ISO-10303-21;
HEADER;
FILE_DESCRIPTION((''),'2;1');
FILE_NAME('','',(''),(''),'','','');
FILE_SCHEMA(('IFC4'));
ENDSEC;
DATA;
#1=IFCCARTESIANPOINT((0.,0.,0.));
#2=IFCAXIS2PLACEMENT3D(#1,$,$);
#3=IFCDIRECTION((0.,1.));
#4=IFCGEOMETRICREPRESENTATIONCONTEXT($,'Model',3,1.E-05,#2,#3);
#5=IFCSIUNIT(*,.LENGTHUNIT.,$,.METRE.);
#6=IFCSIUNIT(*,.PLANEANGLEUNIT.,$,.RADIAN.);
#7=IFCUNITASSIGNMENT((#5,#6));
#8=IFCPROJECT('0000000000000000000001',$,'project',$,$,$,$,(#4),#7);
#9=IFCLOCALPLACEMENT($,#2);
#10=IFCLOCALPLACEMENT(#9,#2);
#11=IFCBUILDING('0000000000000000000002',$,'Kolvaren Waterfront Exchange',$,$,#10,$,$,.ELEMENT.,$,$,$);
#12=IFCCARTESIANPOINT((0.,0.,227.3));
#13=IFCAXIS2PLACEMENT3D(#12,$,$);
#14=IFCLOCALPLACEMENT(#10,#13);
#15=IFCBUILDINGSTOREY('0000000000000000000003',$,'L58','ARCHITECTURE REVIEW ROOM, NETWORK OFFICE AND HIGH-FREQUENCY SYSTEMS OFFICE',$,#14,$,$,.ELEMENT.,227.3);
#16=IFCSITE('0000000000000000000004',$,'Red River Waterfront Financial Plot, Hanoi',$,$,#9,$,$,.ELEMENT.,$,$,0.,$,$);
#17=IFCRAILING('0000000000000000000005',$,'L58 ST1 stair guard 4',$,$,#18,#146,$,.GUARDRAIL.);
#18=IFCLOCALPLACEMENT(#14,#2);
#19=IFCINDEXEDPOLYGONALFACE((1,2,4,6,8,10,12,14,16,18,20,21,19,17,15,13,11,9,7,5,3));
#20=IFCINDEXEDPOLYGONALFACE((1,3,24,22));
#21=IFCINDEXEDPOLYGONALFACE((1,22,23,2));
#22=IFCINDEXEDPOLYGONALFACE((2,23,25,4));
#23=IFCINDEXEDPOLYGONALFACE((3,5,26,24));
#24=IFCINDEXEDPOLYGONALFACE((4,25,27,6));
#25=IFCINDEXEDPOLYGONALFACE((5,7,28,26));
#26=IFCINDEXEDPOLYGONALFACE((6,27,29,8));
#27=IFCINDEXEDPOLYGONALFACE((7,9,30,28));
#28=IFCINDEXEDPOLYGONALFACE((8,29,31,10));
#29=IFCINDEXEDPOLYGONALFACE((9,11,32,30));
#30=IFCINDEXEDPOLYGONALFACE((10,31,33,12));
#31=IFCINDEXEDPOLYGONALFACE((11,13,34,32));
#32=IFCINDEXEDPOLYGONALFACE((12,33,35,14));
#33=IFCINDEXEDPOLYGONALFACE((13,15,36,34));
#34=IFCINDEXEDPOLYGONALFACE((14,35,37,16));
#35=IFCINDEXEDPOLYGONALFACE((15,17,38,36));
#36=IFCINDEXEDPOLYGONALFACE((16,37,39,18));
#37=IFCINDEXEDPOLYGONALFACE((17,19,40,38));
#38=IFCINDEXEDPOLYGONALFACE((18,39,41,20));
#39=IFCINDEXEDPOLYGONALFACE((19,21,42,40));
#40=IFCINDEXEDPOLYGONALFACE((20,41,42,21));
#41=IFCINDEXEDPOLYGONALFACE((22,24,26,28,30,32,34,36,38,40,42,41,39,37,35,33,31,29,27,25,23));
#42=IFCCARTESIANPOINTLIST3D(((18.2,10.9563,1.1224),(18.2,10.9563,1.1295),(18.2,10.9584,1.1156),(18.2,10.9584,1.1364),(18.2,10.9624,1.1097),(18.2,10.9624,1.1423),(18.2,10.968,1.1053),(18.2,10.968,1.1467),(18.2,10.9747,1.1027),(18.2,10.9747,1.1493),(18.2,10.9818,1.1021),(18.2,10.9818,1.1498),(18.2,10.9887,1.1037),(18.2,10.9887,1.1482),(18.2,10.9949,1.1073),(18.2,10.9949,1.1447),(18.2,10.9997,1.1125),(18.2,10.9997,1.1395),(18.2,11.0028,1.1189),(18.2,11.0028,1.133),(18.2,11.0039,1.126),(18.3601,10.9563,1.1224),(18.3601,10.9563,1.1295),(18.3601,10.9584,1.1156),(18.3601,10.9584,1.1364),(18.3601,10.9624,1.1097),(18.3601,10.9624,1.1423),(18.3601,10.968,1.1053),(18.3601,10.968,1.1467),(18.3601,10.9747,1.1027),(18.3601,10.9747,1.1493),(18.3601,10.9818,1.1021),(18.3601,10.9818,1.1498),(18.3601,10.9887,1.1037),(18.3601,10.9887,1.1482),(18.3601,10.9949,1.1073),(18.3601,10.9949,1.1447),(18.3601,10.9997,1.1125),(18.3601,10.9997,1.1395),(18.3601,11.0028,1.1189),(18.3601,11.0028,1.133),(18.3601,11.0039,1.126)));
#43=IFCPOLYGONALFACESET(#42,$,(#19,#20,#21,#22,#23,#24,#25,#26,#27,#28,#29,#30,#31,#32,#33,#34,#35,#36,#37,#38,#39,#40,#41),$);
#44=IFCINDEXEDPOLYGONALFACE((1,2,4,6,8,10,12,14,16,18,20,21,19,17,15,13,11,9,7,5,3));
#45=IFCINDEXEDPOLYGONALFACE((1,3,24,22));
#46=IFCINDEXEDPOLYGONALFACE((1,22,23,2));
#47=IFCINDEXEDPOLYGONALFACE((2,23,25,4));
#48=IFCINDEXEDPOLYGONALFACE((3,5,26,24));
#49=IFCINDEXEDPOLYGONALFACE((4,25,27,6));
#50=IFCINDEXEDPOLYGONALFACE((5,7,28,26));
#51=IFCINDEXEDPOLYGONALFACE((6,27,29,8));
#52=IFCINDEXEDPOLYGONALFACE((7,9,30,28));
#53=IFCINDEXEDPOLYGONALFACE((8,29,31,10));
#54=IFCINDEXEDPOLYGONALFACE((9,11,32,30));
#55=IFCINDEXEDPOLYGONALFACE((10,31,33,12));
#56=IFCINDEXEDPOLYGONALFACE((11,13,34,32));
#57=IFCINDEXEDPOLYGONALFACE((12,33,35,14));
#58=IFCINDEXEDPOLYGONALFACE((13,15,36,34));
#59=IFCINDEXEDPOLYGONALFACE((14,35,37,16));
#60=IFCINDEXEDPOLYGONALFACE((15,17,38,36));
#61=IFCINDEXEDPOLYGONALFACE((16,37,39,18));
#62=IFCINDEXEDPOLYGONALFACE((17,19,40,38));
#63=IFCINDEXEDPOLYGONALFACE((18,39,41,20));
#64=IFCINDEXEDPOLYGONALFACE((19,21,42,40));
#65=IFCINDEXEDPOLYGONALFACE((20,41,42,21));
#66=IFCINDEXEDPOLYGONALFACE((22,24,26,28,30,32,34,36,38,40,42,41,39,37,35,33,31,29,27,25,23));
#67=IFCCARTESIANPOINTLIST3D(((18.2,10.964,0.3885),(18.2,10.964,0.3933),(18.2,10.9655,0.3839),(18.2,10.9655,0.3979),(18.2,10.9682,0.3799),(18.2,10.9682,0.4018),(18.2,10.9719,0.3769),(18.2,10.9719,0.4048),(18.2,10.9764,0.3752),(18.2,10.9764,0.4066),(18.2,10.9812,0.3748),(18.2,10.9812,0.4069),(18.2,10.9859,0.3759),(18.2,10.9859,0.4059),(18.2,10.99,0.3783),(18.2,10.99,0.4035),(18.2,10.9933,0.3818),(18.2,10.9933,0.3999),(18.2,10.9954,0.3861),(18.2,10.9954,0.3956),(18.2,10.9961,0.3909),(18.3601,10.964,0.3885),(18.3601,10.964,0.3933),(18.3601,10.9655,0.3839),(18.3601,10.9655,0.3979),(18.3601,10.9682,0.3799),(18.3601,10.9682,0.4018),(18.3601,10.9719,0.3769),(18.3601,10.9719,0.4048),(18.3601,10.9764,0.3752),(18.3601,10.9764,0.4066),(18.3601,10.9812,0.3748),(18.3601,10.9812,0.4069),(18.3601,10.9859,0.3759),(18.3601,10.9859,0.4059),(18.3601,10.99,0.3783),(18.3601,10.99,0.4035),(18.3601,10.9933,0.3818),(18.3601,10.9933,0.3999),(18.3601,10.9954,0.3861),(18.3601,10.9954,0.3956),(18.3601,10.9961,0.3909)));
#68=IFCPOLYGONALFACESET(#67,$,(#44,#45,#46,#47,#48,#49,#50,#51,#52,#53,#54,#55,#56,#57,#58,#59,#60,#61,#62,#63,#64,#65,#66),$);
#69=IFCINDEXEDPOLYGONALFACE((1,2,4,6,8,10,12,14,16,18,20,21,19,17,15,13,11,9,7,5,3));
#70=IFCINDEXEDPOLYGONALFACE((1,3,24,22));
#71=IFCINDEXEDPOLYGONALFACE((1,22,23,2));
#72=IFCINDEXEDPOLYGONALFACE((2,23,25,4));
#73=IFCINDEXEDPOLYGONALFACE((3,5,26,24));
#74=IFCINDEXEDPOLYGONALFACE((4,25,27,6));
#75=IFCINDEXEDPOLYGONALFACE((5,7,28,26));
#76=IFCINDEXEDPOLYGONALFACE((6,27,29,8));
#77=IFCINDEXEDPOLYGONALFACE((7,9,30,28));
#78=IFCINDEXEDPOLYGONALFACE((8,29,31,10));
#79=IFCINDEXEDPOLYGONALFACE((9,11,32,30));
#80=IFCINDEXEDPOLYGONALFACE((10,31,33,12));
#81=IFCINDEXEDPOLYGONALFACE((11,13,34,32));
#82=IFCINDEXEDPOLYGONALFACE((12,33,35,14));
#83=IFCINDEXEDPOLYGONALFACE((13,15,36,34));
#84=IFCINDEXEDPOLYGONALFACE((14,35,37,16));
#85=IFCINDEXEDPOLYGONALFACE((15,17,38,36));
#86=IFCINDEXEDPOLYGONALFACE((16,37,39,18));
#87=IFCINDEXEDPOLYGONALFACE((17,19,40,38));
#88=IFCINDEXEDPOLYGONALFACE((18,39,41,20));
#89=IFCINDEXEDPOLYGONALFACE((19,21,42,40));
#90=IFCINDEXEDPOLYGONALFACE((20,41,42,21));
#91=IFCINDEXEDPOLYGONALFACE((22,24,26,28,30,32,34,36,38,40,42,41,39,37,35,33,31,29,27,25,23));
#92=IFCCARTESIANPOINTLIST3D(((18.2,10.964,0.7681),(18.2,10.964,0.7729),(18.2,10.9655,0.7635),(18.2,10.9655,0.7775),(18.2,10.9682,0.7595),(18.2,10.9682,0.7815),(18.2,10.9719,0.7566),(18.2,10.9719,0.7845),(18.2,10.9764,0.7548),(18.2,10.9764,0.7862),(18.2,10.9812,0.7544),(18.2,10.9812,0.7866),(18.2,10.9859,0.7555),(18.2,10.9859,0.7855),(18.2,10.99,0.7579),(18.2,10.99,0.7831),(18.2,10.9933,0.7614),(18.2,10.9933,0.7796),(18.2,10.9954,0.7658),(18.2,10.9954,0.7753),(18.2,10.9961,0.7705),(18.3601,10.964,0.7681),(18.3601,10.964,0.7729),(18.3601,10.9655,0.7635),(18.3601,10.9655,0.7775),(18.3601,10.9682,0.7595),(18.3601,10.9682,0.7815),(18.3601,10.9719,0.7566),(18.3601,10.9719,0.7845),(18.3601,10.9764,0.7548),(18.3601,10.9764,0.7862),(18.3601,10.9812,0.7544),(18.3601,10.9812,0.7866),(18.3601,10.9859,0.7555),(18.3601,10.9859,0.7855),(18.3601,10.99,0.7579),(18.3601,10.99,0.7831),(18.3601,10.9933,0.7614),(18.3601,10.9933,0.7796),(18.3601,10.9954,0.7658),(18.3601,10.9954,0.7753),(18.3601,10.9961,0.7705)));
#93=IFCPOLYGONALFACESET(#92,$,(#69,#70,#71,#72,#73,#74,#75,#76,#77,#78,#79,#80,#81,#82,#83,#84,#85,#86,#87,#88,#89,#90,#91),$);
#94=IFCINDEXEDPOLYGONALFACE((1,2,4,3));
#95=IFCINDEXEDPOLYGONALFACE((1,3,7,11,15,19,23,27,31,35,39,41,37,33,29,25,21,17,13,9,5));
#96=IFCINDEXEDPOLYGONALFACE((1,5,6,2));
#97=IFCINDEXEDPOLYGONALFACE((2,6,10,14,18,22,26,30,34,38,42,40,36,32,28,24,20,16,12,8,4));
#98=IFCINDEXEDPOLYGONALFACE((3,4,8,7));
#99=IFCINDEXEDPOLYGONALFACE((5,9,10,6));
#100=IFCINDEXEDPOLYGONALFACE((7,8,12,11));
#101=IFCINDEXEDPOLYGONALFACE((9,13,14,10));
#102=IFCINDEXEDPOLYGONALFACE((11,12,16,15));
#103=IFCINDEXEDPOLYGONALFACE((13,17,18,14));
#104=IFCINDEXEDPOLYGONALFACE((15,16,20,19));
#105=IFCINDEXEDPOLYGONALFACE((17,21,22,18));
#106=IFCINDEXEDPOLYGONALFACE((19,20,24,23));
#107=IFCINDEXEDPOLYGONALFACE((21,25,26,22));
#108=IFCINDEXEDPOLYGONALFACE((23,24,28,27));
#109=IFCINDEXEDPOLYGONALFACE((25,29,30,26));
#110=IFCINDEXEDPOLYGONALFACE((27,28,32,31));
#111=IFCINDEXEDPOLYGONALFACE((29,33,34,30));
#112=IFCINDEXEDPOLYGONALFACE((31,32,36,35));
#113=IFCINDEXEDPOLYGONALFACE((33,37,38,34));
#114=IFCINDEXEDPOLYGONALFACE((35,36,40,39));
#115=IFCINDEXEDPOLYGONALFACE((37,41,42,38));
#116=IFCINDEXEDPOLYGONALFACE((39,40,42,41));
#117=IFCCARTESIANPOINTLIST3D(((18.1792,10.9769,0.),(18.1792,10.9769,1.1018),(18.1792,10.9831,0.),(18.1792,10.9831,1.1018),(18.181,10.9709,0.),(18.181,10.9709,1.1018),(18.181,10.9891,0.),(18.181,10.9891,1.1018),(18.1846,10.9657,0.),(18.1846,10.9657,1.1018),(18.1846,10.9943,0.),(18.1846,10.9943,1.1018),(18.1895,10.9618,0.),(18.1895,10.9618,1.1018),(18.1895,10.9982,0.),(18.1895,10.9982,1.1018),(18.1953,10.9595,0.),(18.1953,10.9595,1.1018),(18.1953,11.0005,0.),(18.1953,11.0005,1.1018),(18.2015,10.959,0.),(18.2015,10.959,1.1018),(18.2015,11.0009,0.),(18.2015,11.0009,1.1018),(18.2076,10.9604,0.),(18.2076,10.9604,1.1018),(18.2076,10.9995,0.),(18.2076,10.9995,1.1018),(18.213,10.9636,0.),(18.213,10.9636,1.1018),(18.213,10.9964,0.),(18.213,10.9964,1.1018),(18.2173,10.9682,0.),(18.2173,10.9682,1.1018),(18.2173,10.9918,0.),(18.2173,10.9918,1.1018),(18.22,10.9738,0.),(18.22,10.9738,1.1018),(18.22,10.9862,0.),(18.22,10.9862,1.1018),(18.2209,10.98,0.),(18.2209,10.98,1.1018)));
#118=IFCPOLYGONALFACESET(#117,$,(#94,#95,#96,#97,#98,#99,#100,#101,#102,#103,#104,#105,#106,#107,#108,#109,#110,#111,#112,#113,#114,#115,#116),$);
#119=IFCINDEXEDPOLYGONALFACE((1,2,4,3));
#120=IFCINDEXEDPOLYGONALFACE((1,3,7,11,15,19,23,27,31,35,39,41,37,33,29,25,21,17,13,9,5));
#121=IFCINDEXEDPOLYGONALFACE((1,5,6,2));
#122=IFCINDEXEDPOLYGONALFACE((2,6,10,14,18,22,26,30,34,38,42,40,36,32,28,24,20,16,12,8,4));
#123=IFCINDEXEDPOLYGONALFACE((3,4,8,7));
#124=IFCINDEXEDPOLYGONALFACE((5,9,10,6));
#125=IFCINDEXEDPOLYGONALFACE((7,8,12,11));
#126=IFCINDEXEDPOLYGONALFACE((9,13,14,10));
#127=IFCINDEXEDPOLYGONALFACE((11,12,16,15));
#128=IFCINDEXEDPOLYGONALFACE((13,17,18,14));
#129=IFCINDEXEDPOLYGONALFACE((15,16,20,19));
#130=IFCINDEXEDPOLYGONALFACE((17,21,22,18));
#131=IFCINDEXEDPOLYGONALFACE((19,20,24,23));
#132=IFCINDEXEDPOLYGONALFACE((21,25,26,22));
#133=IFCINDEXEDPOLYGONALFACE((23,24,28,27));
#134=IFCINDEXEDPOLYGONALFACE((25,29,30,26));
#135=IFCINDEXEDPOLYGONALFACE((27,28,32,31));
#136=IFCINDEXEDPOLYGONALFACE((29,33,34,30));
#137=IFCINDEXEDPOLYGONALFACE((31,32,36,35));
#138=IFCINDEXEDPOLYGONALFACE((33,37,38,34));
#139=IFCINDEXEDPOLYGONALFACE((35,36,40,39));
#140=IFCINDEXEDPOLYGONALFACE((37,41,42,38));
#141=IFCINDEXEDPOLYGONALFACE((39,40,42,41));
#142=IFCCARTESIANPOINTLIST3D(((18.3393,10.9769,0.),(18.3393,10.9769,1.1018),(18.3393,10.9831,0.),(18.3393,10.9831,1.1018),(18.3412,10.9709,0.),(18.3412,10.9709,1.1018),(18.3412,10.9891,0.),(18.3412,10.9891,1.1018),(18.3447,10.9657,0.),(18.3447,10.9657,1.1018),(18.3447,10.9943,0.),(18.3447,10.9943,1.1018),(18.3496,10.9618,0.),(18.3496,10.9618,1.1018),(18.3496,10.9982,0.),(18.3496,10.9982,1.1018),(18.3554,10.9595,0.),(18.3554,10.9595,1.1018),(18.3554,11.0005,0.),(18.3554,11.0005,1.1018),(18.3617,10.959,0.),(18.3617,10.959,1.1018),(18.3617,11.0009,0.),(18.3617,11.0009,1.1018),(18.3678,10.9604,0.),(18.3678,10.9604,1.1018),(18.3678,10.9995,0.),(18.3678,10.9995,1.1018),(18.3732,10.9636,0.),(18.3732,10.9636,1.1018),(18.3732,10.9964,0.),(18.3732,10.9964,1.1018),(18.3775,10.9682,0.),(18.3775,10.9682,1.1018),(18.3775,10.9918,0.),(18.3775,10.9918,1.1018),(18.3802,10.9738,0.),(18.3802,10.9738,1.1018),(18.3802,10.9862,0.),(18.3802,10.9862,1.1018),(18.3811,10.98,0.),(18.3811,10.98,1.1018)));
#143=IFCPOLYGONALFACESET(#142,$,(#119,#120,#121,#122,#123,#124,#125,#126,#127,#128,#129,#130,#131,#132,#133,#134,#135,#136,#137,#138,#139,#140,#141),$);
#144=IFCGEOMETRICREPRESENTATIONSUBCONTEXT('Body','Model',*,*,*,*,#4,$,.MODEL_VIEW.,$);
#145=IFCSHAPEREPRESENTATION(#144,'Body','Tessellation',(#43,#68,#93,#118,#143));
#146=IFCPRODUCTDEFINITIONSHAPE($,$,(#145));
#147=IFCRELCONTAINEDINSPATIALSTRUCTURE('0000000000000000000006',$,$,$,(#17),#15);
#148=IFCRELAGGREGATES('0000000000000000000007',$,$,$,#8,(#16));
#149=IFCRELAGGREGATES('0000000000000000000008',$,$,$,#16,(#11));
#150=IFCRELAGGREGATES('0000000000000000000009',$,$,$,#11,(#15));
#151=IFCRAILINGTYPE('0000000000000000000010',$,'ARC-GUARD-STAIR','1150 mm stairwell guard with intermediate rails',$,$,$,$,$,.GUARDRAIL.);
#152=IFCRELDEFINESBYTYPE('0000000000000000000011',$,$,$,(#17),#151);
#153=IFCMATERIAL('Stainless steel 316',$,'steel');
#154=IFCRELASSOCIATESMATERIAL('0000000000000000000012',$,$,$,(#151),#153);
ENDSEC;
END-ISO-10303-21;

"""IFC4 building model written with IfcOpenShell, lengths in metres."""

from ifc_helpers import new_model, si_unit, direction, frame, origin, origin_2d, place, context, subcontext, project, spatial, circle, extrude, material, type_object, element, save


model = new_model("IFC4")

# Units and contexts
model_context = context("Model", 3, precision=1e-05, world=origin(), true_north=direction((0.0, 1.0)))
body_context = subcontext(model_context, "Body", "Model", "MODEL_VIEW")
ifc_project = project(units=[si_unit("LENGTHUNIT", "METRE"), si_unit("PLANEANGLEUNIT", "RADIAN")], contexts=[model_context])

# Site, building, storey
site_placement = place(None, origin())
site = spatial("IfcSite", under=ifc_project, at=site_placement, Name="Red River Waterfront Financial Plot, Hanoi", CompositionType="ELEMENT", RefElevation=0.0)
building_placement = place(site_placement, origin())
building = spatial("IfcBuilding", under=site, at=building_placement, Name="Kolvaren Waterfront Exchange", CompositionType="ELEMENT")
storey_placement = place(building_placement, frame((0.0, 0.0, 227.3)))
storey = spatial("IfcBuildingStorey", under=building, at=storey_placement, Name="L58", Description="ARCHITECTURE REVIEW ROOM, NETWORK OFFICE AND HIGH-FREQUENCY SYSTEMS OFFICE", CompositionType="ELEMENT", Elevation=227.3)

# Railing
ifc_material_1 = material(Name="Stainless steel 316", Category="steel")
railing_type_1 = type_object("IfcRailingType", Name="ARC-GUARD-STAIR", Description="1150 mm stairwell guard with intermediate rails", PredefinedType="GUARDRAIL", material=ifc_material_1)
railing_1_placement = place(storey_placement, frame((18.2, 10.98, 0.0)))
element("IfcRailing", 1, at=railing_1_placement, inside=storey, type_object=railing_type_1, Name="L58 ST1 stair guard 4", PredefinedType="GUARDRAIL", context=body_context, shape_type="SweptSolid", body=[
    extrude(circle(Radius=0.0239, at=origin_2d()), frame((0.0, 0.0, 1.126), z_axis=(1.0, 0.0, 0.0), x_axis=(0.0, 1.0, 0.0)), (0.0, 0.0, 1.0), 0.1602),
    extrude(circle(Radius=0.0161, at=origin_2d()), frame((0.0, 0.0, 0.3909), z_axis=(1.0, 0.0, 0.0), x_axis=(0.0, 1.0, 0.0)), (0.0, 0.0, 1.0), 0.1602),
    extrude(circle(Radius=0.0161, at=origin_2d()), frame((0.0, 0.0, 0.7705), z_axis=(1.0, 0.0, 0.0), x_axis=(0.0, 1.0, 0.0)), (0.0, 0.0, 1.0), 0.1602),
    extrude(circle(Radius=0.021, at=origin_2d()), origin(), (0.0, 0.0, 1.0), 1.1018),
    extrude(circle(Radius=0.021, at=origin_2d()), frame((0.1602, 0.0, 0.0)), (0.0, 0.0, 1.0), 1.1018),
])

save(model, "model.ifc")
